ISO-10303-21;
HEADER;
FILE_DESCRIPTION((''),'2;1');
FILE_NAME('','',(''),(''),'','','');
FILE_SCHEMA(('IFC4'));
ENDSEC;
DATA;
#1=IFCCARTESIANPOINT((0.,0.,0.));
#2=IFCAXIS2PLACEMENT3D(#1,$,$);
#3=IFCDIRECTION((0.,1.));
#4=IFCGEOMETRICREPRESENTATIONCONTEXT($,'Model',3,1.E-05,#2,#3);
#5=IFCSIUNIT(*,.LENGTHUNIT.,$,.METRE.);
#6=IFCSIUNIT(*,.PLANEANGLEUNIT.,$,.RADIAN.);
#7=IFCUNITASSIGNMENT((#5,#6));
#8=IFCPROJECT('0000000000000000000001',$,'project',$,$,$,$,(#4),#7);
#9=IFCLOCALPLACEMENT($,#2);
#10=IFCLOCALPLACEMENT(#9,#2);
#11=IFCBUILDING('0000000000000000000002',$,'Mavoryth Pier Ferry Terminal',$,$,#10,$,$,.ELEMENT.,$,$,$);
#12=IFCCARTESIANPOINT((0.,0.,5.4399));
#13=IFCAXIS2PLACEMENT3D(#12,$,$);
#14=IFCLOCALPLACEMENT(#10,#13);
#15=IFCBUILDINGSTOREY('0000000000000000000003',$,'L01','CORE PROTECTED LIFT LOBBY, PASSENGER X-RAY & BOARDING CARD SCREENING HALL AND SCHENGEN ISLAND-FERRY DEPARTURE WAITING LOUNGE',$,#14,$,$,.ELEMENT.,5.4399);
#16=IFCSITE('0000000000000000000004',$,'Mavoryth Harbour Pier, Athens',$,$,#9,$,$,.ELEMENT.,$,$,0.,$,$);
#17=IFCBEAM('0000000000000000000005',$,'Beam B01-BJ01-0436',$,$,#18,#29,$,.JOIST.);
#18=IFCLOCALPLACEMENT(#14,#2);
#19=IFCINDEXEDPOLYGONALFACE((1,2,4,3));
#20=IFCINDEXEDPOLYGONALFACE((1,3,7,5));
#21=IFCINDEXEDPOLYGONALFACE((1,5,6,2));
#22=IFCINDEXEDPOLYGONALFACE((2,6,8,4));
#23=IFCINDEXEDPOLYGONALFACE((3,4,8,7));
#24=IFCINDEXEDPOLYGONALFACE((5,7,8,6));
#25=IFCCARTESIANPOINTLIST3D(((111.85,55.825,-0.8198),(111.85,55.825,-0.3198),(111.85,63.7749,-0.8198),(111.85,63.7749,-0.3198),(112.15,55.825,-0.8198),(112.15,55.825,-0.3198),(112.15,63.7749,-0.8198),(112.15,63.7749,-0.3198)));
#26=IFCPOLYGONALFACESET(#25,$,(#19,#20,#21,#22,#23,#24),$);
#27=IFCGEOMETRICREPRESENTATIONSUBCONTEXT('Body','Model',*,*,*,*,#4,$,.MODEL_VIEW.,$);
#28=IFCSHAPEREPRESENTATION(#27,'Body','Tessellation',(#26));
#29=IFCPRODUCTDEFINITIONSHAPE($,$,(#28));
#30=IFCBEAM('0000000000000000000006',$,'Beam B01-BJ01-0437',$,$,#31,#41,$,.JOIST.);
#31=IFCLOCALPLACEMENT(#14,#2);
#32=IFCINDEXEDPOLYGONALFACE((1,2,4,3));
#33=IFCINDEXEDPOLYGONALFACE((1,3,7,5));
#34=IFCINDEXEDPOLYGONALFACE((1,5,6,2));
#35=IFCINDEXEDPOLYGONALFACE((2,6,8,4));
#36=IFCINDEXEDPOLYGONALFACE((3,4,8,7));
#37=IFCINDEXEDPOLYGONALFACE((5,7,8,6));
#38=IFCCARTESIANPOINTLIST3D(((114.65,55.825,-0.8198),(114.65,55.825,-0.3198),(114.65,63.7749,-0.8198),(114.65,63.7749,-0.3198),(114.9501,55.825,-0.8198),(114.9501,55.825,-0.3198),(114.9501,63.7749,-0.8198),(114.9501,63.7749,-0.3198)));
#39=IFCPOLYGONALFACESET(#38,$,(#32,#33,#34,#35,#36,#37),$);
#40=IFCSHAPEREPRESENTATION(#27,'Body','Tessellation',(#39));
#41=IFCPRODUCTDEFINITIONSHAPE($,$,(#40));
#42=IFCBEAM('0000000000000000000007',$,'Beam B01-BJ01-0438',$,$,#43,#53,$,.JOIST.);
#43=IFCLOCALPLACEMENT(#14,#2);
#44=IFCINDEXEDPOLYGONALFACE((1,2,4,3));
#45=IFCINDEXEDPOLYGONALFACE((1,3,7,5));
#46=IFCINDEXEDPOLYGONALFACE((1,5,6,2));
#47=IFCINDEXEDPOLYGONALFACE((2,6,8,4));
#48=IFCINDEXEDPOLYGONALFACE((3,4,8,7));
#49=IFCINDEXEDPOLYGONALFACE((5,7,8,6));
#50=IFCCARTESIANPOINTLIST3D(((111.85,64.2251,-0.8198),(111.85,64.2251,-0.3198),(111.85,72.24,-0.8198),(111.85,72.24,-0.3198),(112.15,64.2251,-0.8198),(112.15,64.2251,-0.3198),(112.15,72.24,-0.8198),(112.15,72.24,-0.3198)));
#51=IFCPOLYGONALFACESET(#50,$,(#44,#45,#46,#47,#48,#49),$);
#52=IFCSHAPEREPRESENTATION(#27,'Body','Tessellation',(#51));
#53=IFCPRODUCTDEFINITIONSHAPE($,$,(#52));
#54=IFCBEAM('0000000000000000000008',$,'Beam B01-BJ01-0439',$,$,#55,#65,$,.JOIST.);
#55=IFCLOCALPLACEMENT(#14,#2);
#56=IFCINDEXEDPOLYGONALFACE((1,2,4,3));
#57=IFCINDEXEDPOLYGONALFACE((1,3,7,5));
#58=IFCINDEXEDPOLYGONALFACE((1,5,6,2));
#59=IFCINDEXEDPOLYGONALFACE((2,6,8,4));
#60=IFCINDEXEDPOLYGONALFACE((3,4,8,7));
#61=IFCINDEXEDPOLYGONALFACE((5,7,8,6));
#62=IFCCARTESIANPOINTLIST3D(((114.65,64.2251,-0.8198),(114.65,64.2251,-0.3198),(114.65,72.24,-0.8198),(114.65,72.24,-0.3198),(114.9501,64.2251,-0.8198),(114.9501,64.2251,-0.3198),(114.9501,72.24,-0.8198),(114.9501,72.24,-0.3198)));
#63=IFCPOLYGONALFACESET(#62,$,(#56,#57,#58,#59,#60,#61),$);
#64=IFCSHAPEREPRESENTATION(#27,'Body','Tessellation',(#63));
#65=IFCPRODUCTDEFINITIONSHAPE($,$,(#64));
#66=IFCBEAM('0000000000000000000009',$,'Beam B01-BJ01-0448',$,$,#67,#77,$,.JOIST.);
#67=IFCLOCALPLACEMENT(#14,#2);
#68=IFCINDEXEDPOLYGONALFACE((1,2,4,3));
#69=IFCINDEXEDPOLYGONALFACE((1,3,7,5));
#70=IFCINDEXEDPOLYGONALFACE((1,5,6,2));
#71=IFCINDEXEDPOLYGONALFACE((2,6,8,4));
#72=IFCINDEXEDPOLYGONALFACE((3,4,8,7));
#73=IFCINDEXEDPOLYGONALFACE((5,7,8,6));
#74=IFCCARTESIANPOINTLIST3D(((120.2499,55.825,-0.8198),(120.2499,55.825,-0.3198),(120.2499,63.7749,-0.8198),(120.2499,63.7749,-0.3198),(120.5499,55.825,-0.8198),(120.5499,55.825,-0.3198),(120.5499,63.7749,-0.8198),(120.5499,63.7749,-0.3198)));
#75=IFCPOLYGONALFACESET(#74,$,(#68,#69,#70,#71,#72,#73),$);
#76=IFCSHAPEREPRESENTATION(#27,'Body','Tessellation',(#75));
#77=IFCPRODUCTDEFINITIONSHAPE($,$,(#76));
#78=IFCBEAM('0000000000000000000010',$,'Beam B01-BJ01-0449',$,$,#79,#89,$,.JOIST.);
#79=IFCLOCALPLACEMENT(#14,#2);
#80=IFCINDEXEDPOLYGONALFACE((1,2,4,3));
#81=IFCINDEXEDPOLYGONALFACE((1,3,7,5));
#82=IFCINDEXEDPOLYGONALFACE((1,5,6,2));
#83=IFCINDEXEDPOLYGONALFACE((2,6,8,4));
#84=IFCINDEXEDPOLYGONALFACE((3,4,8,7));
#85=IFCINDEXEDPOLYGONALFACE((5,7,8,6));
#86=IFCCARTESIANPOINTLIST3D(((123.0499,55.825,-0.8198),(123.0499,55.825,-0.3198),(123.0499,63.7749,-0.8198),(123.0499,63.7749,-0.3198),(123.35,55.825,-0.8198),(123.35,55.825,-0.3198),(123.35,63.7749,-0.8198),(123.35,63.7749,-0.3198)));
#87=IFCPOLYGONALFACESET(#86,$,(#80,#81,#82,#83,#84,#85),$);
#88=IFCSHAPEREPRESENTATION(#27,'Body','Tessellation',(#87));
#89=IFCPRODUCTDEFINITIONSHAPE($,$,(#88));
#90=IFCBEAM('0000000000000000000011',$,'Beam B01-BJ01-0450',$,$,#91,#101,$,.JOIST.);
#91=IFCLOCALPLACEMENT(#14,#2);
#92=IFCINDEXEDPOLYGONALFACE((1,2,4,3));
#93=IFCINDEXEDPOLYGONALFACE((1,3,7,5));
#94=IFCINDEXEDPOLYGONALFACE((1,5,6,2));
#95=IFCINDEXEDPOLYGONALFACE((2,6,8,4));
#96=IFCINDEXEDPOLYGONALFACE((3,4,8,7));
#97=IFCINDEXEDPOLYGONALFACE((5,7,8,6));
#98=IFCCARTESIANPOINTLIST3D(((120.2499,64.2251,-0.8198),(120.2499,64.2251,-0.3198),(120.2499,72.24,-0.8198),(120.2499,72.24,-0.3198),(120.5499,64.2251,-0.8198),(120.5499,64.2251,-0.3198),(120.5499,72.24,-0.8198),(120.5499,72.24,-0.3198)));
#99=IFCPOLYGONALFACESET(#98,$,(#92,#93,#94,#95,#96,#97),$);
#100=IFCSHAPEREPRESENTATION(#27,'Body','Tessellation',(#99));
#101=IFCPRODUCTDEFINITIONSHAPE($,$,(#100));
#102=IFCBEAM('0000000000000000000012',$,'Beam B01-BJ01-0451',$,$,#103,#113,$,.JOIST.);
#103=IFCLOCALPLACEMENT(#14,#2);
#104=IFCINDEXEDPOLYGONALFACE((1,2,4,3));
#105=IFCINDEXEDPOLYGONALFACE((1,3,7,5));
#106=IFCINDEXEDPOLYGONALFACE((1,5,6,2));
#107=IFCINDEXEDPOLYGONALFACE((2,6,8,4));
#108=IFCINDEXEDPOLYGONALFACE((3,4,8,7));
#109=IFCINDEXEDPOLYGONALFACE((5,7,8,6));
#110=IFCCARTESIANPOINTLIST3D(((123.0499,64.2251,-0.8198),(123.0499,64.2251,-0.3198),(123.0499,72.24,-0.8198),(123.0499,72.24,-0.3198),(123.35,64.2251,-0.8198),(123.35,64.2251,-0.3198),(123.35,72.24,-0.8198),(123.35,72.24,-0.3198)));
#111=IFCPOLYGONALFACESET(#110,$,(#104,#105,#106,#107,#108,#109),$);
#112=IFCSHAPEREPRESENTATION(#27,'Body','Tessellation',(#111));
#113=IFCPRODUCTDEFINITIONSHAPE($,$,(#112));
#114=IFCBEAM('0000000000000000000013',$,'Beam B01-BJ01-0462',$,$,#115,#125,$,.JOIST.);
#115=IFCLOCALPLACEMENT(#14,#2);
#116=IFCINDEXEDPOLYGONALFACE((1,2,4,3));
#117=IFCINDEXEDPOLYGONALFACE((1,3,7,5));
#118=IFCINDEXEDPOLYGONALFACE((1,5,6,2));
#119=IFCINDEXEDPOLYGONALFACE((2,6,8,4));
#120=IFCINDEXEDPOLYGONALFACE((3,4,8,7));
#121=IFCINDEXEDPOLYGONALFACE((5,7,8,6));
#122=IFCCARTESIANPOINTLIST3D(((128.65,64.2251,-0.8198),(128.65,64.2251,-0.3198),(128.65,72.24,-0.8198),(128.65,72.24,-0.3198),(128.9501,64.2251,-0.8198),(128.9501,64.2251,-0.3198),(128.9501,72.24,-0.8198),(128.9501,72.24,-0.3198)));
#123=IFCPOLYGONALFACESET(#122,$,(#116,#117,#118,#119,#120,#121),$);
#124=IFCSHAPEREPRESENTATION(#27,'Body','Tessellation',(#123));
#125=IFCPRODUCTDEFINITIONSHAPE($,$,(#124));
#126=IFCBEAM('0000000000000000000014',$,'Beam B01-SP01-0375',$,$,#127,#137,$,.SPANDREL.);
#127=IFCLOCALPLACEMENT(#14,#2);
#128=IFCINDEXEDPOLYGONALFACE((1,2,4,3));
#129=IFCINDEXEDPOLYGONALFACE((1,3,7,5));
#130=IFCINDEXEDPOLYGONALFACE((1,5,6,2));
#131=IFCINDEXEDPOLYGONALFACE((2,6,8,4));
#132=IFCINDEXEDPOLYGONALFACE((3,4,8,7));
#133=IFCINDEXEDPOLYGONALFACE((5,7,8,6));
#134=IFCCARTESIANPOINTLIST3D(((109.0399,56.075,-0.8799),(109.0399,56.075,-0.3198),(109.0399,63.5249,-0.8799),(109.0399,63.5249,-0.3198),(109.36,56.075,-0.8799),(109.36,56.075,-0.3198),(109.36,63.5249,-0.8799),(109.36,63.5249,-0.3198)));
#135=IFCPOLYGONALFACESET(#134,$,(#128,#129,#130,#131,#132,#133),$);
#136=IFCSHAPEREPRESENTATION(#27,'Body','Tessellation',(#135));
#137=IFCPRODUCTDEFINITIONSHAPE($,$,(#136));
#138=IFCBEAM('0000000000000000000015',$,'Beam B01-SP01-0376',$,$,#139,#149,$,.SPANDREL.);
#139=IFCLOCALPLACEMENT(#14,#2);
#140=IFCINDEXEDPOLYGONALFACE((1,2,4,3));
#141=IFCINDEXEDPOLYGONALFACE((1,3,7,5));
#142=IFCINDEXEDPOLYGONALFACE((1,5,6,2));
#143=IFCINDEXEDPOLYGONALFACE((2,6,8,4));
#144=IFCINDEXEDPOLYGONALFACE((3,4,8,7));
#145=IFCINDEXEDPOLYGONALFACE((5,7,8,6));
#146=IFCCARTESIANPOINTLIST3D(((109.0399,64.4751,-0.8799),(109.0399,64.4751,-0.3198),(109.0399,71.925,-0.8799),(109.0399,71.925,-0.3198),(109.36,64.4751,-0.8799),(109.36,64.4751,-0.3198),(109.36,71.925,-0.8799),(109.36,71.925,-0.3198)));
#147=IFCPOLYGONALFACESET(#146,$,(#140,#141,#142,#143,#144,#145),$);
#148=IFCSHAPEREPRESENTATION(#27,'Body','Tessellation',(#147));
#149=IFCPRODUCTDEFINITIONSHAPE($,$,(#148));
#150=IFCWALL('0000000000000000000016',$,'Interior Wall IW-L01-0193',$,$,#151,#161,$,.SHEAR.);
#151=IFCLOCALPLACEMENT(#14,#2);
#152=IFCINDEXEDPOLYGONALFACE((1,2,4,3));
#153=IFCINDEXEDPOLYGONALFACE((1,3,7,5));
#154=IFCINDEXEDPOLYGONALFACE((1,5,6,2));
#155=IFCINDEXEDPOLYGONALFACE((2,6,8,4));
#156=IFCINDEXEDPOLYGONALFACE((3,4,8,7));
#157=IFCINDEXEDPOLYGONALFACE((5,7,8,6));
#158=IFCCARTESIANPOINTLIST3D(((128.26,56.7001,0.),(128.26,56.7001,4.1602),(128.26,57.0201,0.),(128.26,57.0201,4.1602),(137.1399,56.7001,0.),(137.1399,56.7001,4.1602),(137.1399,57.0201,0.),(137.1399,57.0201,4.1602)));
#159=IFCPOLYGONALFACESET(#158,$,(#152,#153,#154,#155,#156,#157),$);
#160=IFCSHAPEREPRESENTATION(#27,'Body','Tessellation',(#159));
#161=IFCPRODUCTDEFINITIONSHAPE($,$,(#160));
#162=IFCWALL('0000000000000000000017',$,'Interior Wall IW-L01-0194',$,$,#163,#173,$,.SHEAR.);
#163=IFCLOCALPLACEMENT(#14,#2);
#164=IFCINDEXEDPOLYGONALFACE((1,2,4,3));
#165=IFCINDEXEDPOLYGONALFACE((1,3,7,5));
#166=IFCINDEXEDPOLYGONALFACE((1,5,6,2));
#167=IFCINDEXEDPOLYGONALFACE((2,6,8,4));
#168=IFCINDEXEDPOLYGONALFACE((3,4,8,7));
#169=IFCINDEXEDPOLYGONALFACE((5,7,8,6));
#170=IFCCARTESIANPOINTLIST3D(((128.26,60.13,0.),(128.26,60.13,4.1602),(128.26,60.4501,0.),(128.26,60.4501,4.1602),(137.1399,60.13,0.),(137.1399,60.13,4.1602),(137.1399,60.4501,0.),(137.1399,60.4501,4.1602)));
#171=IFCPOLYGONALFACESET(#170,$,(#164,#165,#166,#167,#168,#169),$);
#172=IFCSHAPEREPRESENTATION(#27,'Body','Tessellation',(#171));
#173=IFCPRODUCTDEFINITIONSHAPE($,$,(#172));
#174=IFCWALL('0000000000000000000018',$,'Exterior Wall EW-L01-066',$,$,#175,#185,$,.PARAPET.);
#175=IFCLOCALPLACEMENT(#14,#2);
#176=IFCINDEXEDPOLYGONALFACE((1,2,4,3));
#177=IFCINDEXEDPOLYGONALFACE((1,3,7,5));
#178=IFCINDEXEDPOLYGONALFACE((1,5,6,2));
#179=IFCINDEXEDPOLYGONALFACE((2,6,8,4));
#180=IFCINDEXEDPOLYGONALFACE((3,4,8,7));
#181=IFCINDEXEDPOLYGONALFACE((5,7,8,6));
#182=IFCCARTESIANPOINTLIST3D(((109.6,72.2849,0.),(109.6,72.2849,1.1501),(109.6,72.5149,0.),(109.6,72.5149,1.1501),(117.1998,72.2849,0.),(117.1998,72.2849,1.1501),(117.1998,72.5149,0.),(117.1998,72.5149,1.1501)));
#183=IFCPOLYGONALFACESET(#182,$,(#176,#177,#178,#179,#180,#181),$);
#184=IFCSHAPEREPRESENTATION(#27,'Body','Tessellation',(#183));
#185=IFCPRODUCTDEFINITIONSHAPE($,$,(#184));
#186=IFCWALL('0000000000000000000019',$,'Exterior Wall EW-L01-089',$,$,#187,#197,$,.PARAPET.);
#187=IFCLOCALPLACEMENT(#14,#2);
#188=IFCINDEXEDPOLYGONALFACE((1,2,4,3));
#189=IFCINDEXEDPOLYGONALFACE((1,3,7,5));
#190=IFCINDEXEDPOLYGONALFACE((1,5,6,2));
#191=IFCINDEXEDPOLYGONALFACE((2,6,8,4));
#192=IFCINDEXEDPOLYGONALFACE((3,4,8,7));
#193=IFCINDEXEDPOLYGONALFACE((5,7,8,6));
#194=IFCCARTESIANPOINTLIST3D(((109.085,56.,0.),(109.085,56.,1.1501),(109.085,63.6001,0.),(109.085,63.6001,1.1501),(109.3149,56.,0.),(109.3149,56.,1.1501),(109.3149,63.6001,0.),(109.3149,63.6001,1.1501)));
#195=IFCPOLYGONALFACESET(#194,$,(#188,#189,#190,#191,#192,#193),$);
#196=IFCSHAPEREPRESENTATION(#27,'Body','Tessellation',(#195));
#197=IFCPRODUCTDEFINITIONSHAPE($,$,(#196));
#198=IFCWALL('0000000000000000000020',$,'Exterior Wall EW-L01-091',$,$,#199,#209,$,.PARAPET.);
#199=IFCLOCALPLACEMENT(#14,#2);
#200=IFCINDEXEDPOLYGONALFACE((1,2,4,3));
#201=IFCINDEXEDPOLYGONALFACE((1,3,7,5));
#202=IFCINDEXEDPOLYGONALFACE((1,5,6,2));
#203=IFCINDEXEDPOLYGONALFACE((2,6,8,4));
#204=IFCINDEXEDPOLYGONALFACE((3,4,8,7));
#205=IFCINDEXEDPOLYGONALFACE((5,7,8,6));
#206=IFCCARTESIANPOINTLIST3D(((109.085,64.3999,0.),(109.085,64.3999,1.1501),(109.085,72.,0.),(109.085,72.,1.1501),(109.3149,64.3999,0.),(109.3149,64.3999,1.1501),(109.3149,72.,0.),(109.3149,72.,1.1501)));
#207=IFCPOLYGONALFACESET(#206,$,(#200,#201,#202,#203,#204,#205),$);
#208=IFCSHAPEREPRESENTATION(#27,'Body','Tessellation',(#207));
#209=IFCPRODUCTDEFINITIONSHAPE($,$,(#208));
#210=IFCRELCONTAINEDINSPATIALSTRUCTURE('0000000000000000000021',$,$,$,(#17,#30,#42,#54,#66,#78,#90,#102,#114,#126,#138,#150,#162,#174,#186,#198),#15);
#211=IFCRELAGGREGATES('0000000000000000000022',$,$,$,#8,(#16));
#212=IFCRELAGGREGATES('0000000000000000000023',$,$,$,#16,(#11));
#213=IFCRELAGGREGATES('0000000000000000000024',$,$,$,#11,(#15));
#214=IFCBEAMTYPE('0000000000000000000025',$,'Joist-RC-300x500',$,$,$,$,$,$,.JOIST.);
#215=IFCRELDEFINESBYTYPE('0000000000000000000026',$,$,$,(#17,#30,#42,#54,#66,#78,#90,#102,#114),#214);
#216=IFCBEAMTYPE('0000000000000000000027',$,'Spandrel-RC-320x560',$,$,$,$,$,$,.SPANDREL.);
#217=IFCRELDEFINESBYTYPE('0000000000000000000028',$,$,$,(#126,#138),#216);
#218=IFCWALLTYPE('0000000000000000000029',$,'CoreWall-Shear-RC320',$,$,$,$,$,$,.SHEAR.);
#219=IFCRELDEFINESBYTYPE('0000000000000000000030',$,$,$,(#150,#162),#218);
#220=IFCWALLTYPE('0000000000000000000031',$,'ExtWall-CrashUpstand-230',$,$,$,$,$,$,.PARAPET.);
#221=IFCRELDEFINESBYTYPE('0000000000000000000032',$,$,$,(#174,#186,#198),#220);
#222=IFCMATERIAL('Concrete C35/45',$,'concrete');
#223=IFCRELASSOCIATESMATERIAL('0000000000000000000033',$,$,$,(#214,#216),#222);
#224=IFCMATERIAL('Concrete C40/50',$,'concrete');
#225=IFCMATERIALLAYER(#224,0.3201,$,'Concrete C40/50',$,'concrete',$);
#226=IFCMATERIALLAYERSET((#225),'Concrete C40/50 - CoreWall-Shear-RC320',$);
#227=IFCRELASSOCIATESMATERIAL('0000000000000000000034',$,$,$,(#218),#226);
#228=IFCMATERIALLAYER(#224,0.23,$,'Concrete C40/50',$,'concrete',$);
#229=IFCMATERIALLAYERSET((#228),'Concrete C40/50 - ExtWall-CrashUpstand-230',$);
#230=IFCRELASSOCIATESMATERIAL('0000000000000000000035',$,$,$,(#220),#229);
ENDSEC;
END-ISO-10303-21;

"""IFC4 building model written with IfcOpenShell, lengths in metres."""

from ifc_helpers import new_model, si_unit, direction, frame, frame_2d, origin, origin_2d, place, context, subcontext, project, spatial, rectangle, extrude, material, layer, layer_set, material_profile, profile_set, type_object, element, save


model = new_model("IFC4")

# Units and contexts
model_context = context("Model", 3, precision=1e-05, world=origin(), true_north=direction((0.0, 1.0)))
body_context = subcontext(model_context, "Body", "Model", "MODEL_VIEW")
ifc_project = project(units=[si_unit("LENGTHUNIT", "METRE"), si_unit("PLANEANGLEUNIT", "RADIAN")], contexts=[model_context])

# Site, building, storey
site_placement = place(None, origin())
site = spatial("IfcSite", under=ifc_project, at=site_placement, Name="Mavoryth Harbour Pier, Athens", CompositionType="ELEMENT", RefElevation=0.0)
building_placement = place(site_placement, origin())
building = spatial("IfcBuilding", under=site, at=building_placement, Name="Mavoryth Pier Ferry Terminal", CompositionType="ELEMENT")
storey_placement = place(building_placement, frame((0.0, 0.0, 5.4399)))
storey = spatial("IfcBuildingStorey", under=building, at=storey_placement, Name="L01", Description="CORE PROTECTED LIFT LOBBY, PASSENGER X-RAY & BOARDING CARD SCREENING HALL AND SCHENGEN ISLAND-FERRY DEPARTURE WAITING LOUNGE", CompositionType="ELEMENT", Elevation=5.4399)

# Shared definitions
ifc_material_1 = material(Name="Concrete C40/50", Category="concrete")

# Beams
ifc_material_2 = material(Name="Concrete C35/45", Category="concrete")
ifc_material_profile_1 = material_profile(ifc_material_2, rectangle(XDim=0.3, YDim=0.5, at=origin_2d()), Name="RC 300x500", Category="concrete")
ifc_profile_set_1 = profile_set([ifc_material_profile_1], Name="Concrete C35/45 - RC 300x500")
beam_type_1 = type_object("IfcBeamType", Name="Joist-RC-300x500", PredefinedType="JOIST", material=ifc_profile_set_1)
for number, where, z_axis, x_axis, name in (
    (1, (112.0, 55.825, -0.5698), (0.0, 1.0, 0.0), (-1.0, 0.0, 0.0), "Beam B01-BJ01-0436"),
    (2, (114.8, 55.825, -0.5698), (0.0, 1.0, 0.0), (-1.0, 0.0, 0.0), "Beam B01-BJ01-0437"),
):
    element("IfcBeam", number, at=place(storey_placement, frame(where, z_axis=z_axis, x_axis=x_axis)), inside=storey, type_object=beam_type_1, Name=name, PredefinedType="JOIST", context=body_context, shape_type="SweptSolid", body=[
        extrude(rectangle(XDim=0.3, YDim=0.5, at=origin_2d()), origin(), (0.0, 0.0, 1.0), 7.95),
    ])
for number, where, z_axis, x_axis, name in (
    (3, (112.0, 64.2251, -0.5698), (0.0, 1.0, 0.0), (-1.0, 0.0, 0.0), "Beam B01-BJ01-0438"),
    (4, (114.8, 64.2251, -0.5698), (0.0, 1.0, 0.0), (-1.0, 0.0, 0.0), "Beam B01-BJ01-0439"),
):
    element("IfcBeam", number, at=place(storey_placement, frame(where, z_axis=z_axis, x_axis=x_axis)), inside=storey, type_object=beam_type_1, Name=name, PredefinedType="JOIST", context=body_context, shape_type="SweptSolid", body=[
        extrude(rectangle(XDim=0.3, YDim=0.5, at=origin_2d()), origin(), (0.0, 0.0, 1.0), 8.0149),
    ])
for number, where, z_axis, x_axis, name in (
    (5, (120.3999, 55.825, -0.5698), (0.0, 1.0, 0.0), (-1.0, 0.0, 0.0), "Beam B01-BJ01-0448"),
    (6, (123.2, 55.825, -0.5698), (0.0, 1.0, 0.0), (-1.0, 0.0, 0.0), "Beam B01-BJ01-0449"),
):
    element("IfcBeam", number, at=place(storey_placement, frame(where, z_axis=z_axis, x_axis=x_axis)), inside=storey, type_object=beam_type_1, Name=name, PredefinedType="JOIST", context=body_context, shape_type="SweptSolid", body=[
        extrude(rectangle(XDim=0.3, YDim=0.5, at=origin_2d()), origin(), (0.0, 0.0, 1.0), 7.95),
    ])
for number, where, z_axis, x_axis, name in (
    (7, (120.3999, 64.2251, -0.5698), (0.0, 1.0, 0.0), (-1.0, 0.0, 0.0), "Beam B01-BJ01-0450"),
    (8, (123.2, 64.2251, -0.5698), (0.0, 1.0, 0.0), (-1.0, 0.0, 0.0), "Beam B01-BJ01-0451"),
    (9, (128.8, 64.2251, -0.5698), (0.0, 1.0, 0.0), (-1.0, 0.0, 0.0), "Beam B01-BJ01-0462"),
):
    element("IfcBeam", number, at=place(storey_placement, frame(where, z_axis=z_axis, x_axis=x_axis)), inside=storey, type_object=beam_type_1, Name=name, PredefinedType="JOIST", context=body_context, shape_type="SweptSolid", body=[
        extrude(rectangle(XDim=0.3, YDim=0.5, at=origin_2d()), origin(), (0.0, 0.0, 1.0), 8.0149),
    ])
ifc_material_profile_2 = material_profile(ifc_material_2, rectangle(XDim=0.3201, YDim=0.5601, at=origin_2d()), Name="RC 320x560", Category="concrete")
ifc_profile_set_2 = profile_set([ifc_material_profile_2], Name="Concrete C35/45 - RC 320x560")
beam_type_2 = type_object("IfcBeamType", Name="Spandrel-RC-320x560", PredefinedType="SPANDREL", material=ifc_profile_set_2)
for number, where, z_axis, x_axis, name in (
    (10, (109.2, 56.075, -0.5999), (0.0, 1.0, 0.0), (-1.0, 0.0, 0.0), "Beam B01-SP01-0375"),
    (11, (109.2, 64.4751, -0.5999), (0.0, 1.0, 0.0), (-1.0, 0.0, 0.0), "Beam B01-SP01-0376"),
):
    element("IfcBeam", number, at=place(storey_placement, frame(where, z_axis=z_axis, x_axis=x_axis)), inside=storey, type_object=beam_type_2, Name=name, PredefinedType="SPANDREL", context=body_context, shape_type="SweptSolid", body=[
        extrude(rectangle(XDim=0.3201, YDim=0.5601, at=origin_2d()), origin(), (0.0, 0.0, 1.0), 7.45),
    ])

# Walls
ifc_layer_1 = layer(ifc_material_1, 0.3201, Name="Concrete C40/50", Category="concrete")
ifc_layer_set_1 = layer_set([ifc_layer_1], Name="Concrete C40/50 - CoreWall-Shear-RC320")
wall_type_1 = type_object("IfcWallType", Name="CoreWall-Shear-RC320", PredefinedType="SHEAR", material=ifc_layer_set_1)
for number, where, z_axis, x_axis, name in (
    (12, (128.26, 56.8601, 0.0), (0.0, 0.0, 1.0), (1.0, 0.0, 0.0), "Interior Wall IW-L01-0193"),
    (13, (128.26, 60.29, 0.0), (0.0, 0.0, 1.0), (1.0, 0.0, 0.0), "Interior Wall IW-L01-0194"),
):
    element("IfcWall", number, at=place(storey_placement, frame(where, z_axis=z_axis, x_axis=x_axis)), inside=storey, type_object=wall_type_1, Name=name, PredefinedType="SHEAR", context=body_context, shape_type="SweptSolid", body=[
        extrude(rectangle(XDim=8.8799, YDim=0.3201, at=frame_2d((4.4399, 0.0))), origin(), (0.0, 0.0, 1.0), 4.1602),
    ])

# Walls
ifc_layer_2 = layer(ifc_material_1, 0.23, Name="Concrete C40/50", Category="concrete")
ifc_layer_set_2 = layer_set([ifc_layer_2], Name="Concrete C40/50 - ExtWall-CrashUpstand-230")
wall_type_2 = type_object("IfcWallType", Name="ExtWall-CrashUpstand-230", PredefinedType="PARAPET", material=ifc_layer_set_2)
wall_1_placement = place(storey_placement, frame((109.6001, 72.3999, 0.0), z_axis=(0.0, 0.0, 1.0), x_axis=(1.0, 0.0, 0.0)))
element("IfcWall", 14, at=wall_1_placement, inside=storey, type_object=wall_type_2, Name="Exterior Wall EW-L01-066", PredefinedType="PARAPET", context=body_context, shape_type="SweptSolid", body=[
    extrude(rectangle(XDim=7.5999, YDim=0.23, at=frame_2d((3.7998, 0.0))), origin(), (0.0, 0.0, 1.0), 1.1501),
])
for number, where, z_axis, x_axis, name in (
    (15, (109.2, 56.0, 0.0), (0.0, 0.0, 1.0), (0.0, 1.0, 0.0), "Exterior Wall EW-L01-089"),
    (16, (109.2, 64.3999, 0.0), (0.0, 0.0, 1.0), (0.0, 1.0, 0.0), "Exterior Wall EW-L01-091"),
):
    element("IfcWall", number, at=place(storey_placement, frame(where, z_axis=z_axis, x_axis=x_axis)), inside=storey, type_object=wall_type_2, Name=name, PredefinedType="PARAPET", context=body_context, shape_type="SweptSolid", body=[
        extrude(rectangle(XDim=7.6001, YDim=0.23, at=frame_2d((3.8, 0.0))), origin(), (0.0, 0.0, 1.0), 1.1501),
    ])

save(model, "model.ifc")
